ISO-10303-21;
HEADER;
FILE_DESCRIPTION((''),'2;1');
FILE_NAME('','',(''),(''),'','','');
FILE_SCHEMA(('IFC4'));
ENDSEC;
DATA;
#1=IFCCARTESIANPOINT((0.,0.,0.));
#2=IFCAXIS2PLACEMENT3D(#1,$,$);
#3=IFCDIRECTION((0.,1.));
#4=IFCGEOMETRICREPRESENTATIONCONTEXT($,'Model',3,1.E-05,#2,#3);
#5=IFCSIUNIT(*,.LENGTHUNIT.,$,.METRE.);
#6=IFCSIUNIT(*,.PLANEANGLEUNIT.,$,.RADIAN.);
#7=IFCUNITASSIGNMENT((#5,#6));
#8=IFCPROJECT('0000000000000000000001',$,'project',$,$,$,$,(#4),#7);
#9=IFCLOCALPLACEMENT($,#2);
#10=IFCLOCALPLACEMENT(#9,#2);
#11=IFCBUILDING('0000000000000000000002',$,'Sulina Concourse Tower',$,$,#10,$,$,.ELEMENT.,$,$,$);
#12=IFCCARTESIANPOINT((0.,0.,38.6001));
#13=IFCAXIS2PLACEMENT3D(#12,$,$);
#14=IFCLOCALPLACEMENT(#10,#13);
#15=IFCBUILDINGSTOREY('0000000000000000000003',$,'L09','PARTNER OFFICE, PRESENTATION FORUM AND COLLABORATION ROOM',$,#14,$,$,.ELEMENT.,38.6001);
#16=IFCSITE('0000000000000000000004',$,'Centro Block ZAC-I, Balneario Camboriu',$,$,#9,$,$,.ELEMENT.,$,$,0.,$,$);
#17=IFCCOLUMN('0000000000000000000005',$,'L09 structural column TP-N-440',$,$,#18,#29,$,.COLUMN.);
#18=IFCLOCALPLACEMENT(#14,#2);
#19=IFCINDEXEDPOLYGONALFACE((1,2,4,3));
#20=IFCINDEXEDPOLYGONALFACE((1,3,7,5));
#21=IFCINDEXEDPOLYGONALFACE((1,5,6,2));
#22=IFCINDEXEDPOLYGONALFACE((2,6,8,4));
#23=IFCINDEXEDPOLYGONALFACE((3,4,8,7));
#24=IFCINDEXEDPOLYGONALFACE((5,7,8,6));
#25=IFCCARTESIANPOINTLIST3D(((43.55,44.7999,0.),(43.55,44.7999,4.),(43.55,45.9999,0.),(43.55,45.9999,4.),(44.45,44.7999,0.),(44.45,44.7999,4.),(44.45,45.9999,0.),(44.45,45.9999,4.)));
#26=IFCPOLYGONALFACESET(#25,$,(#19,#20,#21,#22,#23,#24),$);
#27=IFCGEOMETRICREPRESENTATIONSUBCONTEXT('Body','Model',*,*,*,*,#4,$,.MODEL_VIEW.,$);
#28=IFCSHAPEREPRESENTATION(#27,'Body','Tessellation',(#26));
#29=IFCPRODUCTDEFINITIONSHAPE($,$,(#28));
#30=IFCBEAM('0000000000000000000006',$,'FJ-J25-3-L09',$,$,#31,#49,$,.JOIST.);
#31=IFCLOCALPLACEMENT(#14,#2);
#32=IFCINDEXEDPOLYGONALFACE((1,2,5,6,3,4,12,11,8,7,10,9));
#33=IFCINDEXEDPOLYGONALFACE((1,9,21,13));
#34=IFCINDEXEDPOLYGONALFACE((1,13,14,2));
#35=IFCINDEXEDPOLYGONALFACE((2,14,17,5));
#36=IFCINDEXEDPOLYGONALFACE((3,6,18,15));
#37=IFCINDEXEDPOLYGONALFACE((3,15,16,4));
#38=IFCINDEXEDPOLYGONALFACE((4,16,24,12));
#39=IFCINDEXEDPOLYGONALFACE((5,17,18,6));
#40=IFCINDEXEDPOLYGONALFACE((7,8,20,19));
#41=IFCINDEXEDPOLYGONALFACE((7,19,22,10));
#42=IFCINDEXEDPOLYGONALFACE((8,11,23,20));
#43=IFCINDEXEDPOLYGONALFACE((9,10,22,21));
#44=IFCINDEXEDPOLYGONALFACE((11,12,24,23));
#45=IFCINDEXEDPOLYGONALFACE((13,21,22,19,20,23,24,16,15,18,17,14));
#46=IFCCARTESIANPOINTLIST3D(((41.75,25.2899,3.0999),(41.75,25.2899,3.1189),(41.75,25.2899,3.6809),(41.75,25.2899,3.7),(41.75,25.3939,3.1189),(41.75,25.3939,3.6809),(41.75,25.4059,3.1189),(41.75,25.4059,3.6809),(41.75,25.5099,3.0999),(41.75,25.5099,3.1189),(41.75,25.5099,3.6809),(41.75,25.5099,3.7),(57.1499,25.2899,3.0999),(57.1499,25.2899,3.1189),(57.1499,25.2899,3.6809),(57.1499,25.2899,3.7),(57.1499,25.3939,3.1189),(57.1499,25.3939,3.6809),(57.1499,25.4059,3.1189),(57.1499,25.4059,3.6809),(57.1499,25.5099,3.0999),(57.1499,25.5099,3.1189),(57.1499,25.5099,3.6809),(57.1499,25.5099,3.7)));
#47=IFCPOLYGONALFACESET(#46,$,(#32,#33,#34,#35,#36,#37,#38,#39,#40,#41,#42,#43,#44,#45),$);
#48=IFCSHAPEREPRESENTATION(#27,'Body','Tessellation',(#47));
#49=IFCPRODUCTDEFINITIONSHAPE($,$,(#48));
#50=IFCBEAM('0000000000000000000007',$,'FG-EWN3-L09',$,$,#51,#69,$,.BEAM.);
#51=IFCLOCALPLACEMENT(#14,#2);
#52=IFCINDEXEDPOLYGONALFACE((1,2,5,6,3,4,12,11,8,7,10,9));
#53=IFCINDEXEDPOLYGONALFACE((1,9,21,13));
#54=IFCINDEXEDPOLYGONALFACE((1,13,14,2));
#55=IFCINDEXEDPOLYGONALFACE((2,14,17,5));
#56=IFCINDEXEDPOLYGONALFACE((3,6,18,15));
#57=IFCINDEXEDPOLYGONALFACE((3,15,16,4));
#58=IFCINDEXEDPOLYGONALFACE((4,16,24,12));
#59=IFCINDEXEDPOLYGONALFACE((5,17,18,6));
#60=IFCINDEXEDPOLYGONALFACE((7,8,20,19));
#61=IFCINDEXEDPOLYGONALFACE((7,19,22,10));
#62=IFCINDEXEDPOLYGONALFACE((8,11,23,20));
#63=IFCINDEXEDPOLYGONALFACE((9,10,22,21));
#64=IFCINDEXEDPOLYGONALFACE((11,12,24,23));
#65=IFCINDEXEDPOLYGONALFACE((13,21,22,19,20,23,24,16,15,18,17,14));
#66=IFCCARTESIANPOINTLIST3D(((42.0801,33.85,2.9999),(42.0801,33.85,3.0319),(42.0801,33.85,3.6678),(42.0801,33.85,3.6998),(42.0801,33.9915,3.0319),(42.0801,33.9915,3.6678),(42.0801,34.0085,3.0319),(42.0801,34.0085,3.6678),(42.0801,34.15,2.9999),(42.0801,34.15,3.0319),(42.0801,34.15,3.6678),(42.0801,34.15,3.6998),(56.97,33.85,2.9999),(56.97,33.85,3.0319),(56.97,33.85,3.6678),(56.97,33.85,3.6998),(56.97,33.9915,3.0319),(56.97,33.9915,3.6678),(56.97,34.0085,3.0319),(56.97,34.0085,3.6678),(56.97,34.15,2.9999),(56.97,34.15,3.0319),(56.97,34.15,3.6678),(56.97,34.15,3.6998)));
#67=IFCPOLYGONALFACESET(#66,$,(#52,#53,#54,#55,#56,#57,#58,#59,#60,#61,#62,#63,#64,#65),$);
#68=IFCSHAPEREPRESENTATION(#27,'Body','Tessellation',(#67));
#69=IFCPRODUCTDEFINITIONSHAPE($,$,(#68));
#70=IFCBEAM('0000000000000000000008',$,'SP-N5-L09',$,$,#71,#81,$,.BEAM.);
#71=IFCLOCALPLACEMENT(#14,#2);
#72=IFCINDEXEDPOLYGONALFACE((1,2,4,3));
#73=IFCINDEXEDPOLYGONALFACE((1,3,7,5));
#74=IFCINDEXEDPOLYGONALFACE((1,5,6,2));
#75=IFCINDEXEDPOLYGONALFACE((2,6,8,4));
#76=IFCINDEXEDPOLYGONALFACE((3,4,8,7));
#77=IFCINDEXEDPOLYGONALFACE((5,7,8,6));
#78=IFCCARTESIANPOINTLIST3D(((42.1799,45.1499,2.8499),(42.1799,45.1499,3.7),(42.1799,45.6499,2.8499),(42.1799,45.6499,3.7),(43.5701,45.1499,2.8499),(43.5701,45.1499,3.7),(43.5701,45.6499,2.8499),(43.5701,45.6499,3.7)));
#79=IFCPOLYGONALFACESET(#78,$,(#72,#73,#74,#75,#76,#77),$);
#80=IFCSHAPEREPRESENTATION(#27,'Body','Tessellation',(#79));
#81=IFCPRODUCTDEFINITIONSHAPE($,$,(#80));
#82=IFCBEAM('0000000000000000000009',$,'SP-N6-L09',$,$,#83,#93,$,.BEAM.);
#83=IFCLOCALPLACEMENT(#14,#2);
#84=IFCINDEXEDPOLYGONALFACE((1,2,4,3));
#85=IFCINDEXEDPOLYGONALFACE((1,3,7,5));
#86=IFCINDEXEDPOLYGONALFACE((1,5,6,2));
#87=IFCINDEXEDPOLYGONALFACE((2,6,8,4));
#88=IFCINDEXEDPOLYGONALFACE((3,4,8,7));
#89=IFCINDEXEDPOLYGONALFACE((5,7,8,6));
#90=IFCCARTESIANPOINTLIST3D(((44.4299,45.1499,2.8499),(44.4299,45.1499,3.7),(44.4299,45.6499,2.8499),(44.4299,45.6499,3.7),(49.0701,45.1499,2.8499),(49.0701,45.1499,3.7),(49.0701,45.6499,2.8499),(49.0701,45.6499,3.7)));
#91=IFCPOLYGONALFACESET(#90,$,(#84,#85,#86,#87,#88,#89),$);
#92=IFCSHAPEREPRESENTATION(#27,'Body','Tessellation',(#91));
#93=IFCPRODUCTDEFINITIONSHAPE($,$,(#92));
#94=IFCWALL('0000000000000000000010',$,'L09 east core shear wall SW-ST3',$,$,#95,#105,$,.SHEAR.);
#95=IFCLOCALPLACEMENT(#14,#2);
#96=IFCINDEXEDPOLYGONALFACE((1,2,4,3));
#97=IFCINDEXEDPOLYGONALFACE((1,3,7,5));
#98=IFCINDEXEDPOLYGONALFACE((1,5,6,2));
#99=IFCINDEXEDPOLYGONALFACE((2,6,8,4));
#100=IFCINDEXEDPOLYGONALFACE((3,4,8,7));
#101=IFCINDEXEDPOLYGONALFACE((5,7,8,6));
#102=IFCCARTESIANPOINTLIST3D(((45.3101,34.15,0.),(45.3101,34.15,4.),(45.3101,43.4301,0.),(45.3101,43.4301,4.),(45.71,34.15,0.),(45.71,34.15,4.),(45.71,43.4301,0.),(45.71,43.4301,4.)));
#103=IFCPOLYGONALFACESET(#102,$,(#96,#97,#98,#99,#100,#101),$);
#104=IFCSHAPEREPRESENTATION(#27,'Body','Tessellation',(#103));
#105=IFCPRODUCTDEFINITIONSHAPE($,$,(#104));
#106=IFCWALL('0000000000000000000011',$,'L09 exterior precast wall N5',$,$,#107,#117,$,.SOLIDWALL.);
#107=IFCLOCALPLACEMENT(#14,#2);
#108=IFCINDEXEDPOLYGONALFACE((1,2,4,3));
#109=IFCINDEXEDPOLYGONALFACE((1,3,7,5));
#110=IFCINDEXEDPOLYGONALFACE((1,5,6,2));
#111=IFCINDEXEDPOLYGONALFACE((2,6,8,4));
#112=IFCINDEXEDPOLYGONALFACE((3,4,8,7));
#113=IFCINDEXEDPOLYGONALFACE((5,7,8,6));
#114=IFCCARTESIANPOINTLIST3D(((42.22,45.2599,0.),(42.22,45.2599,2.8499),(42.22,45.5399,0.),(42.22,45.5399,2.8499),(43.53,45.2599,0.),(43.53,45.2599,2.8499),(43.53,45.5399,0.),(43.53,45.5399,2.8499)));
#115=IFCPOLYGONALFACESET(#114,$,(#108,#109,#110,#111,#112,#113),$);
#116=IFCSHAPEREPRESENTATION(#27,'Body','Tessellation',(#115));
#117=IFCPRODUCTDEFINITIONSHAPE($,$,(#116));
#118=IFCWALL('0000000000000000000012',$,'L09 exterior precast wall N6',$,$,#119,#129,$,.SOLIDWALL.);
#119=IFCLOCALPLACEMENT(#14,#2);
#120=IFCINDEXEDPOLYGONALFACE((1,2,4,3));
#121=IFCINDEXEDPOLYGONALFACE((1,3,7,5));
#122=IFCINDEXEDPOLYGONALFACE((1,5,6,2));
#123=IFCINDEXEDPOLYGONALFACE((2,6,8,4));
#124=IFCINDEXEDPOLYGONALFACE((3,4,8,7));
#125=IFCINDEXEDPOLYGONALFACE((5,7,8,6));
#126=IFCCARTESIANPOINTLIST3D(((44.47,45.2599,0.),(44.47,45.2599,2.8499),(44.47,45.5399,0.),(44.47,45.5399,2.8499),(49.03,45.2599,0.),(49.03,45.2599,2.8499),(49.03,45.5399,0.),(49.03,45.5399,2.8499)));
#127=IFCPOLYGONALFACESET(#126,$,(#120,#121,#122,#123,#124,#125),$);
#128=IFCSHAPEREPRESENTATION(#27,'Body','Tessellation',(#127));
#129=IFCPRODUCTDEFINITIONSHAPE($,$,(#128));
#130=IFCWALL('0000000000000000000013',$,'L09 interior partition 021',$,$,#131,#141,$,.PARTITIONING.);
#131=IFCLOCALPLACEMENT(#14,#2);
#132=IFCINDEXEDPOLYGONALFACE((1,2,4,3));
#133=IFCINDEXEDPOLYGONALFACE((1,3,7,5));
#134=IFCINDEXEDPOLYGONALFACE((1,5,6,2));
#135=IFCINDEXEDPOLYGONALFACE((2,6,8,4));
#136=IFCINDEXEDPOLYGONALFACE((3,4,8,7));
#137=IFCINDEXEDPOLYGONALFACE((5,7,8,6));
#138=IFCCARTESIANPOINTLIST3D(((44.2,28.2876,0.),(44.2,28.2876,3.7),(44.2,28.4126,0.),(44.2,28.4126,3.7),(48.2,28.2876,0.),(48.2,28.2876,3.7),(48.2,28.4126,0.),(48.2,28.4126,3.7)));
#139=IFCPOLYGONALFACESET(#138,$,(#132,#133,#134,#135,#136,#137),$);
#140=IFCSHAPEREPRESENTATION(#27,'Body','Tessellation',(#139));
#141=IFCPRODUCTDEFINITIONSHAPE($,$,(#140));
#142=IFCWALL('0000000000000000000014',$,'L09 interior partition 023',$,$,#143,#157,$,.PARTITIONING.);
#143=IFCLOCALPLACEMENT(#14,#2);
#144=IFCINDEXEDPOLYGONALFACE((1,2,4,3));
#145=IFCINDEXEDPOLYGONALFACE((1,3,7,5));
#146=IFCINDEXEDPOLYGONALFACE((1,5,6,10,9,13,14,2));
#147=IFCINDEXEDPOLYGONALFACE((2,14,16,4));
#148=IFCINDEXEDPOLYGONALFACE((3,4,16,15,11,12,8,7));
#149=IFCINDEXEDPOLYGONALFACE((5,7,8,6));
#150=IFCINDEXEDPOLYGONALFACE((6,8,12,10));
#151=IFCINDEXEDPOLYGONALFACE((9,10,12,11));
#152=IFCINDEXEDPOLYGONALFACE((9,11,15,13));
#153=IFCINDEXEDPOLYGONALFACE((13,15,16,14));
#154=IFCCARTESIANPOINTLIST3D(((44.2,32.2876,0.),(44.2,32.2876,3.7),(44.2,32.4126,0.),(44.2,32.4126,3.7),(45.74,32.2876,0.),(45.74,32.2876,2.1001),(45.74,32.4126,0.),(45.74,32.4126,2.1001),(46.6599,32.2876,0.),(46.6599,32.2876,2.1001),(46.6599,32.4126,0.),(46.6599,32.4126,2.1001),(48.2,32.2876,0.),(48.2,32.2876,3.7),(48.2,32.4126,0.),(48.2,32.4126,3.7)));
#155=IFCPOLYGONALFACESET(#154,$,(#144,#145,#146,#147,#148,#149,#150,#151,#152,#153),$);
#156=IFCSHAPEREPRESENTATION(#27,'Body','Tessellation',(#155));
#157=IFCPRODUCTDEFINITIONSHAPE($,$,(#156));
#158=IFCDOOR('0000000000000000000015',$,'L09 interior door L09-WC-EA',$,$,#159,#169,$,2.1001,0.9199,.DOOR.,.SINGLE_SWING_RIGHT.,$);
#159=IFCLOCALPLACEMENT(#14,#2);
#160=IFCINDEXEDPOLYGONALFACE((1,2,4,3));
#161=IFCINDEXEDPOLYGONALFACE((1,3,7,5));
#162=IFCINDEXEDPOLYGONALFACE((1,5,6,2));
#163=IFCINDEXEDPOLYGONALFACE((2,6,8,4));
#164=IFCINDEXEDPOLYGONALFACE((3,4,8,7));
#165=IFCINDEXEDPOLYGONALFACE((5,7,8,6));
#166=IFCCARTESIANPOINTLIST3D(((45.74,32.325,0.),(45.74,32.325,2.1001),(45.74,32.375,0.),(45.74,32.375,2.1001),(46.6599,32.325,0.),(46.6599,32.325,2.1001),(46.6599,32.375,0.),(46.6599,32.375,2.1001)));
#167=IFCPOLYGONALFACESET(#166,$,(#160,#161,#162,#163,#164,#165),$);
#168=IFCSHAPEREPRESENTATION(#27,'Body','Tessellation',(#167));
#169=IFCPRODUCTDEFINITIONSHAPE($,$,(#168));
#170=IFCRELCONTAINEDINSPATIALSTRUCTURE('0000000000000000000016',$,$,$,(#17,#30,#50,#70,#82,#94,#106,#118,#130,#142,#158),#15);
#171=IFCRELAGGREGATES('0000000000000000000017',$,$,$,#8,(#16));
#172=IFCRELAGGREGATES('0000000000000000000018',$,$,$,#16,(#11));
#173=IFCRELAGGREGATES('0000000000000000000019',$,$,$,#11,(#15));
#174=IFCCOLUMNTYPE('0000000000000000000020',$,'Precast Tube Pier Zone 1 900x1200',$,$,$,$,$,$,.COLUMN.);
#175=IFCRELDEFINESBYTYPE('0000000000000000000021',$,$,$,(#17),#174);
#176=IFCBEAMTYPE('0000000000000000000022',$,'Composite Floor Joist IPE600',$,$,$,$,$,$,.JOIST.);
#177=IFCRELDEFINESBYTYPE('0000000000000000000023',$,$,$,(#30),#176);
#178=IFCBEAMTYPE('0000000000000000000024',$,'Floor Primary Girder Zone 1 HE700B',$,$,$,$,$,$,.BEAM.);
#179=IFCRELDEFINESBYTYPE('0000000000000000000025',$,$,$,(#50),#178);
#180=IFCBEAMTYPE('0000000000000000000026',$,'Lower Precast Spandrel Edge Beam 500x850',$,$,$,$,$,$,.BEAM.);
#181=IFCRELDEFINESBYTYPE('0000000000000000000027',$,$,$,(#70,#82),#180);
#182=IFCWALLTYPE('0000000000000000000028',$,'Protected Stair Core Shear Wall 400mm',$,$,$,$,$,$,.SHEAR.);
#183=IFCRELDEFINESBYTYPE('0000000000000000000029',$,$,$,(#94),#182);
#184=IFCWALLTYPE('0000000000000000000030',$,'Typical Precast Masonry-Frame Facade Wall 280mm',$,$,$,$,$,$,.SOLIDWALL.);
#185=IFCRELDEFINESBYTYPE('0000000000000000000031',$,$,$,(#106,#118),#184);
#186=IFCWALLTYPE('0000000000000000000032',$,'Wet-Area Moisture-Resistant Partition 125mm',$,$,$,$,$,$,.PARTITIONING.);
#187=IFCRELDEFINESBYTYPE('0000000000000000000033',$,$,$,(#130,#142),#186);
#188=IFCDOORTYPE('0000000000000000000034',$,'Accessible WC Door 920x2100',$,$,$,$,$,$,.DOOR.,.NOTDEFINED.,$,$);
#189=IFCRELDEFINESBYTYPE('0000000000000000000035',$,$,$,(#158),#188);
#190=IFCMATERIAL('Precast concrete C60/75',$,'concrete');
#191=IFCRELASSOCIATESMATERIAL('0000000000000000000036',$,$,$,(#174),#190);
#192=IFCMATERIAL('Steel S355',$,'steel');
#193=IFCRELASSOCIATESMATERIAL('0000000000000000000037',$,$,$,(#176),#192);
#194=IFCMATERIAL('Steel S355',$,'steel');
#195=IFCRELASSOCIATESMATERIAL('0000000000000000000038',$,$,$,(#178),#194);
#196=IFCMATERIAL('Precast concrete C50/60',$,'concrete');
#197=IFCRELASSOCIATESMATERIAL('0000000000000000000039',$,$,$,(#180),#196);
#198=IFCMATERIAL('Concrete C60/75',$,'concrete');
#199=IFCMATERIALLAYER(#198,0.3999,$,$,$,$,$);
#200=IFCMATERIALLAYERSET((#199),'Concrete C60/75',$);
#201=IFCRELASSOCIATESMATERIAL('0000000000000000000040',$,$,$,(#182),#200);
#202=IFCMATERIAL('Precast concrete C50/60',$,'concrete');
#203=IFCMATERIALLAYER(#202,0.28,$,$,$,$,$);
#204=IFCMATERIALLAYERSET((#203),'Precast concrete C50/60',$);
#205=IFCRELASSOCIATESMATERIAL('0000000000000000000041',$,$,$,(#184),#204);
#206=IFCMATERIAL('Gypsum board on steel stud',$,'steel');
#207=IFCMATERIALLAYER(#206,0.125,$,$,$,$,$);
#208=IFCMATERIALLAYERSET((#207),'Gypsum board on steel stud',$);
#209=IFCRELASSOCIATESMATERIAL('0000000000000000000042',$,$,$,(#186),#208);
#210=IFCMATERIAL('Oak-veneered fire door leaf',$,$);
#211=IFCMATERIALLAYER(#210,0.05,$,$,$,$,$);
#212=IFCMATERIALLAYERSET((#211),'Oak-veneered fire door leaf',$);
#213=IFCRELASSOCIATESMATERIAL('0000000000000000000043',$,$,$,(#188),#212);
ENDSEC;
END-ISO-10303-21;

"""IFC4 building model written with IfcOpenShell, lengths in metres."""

from ifc_helpers import new_model, si_unit, direction, frame, frame_2d, origin, origin_2d, place, context, subcontext, project, spatial, rectangle, i_section, extrude, material, layer, layer_set, material_profile, profile_set, type_object, element, fill, save


model = new_model("IFC4")

# Units and contexts
model_context = context("Model", 3, precision=1e-05, world=origin(), true_north=direction((0.0, 1.0)))
body_context = subcontext(model_context, "Body", "Model", "MODEL_VIEW")
ifc_project = project(units=[si_unit("LENGTHUNIT", "METRE"), si_unit("PLANEANGLEUNIT", "RADIAN")], contexts=[model_context])

# Site, building, storey
site_placement = place(None, origin())
site = spatial("IfcSite", under=ifc_project, at=site_placement, Name="Centro Block ZAC-I, Balneario Camboriu", CompositionType="ELEMENT", RefElevation=0.0)
building_placement = place(site_placement, origin())
building = spatial("IfcBuilding", under=site, at=building_placement, Name="Sulina Concourse Tower", CompositionType="ELEMENT")
storey_placement = place(building_placement, frame((0.0, 0.0, 38.6001)))
storey = spatial("IfcBuildingStorey", under=building, at=storey_placement, Name="L09", Description="PARTNER OFFICE, PRESENTATION FORUM AND COLLABORATION ROOM", CompositionType="ELEMENT", Elevation=38.6001)

# Column
ifc_material_1 = material(Name="Precast concrete C60/75", Category="concrete")
ifc_material_profile_1 = material_profile(ifc_material_1, rectangle(XDim=0.8999, YDim=1.2, at=origin_2d()), Name="PC 900x1200")
ifc_profile_set_1 = profile_set([ifc_material_profile_1], Name="Precast concrete C60/75")
column_type = type_object("IfcColumnType", Name="Precast Tube Pier Zone 1 900x1200", PredefinedType="COLUMN", material=ifc_profile_set_1)
column_placement = place(storey_placement, frame((44.0, 45.3999, 0.0), z_axis=(0.0, 0.0, 1.0), x_axis=(1.0, 0.0, 0.0)))
element("IfcColumn", 1, at=column_placement, inside=storey, type_object=column_type, Name="L09 structural column TP-N-440", PredefinedType="COLUMN", context=body_context, shape_type="SweptSolid", body=[
    extrude(rectangle(XDim=0.8999, YDim=1.2, at=origin_2d()), origin(), (0.0, 0.0, 1.0), 4.0),
])

# Beams
ifc_material_2 = material(Name="Steel S355", Category="steel")
ifc_material_profile_2 = material_profile(ifc_material_2, i_section(OverallWidth=0.22, OverallDepth=0.6001, WebThickness=0.012, FlangeThickness=0.019, at=origin_2d()), Name="IPE 600")
ifc_profile_set_2 = profile_set([ifc_material_profile_2], Name="Steel S355")
beam_type_1 = type_object("IfcBeamType", Name="Composite Floor Joist IPE600", PredefinedType="JOIST", material=ifc_profile_set_2)
beam_1_placement = place(storey_placement, frame((41.75, 25.3999, 3.3999), z_axis=(1.0, 0.0, 0.0), x_axis=(0.0, 1.0, 0.0)))
element("IfcBeam", 2, at=beam_1_placement, inside=storey, type_object=beam_type_1, Name="FJ-J25-3-L09", PredefinedType="JOIST", context=body_context, shape_type="SweptSolid", body=[
    extrude(i_section(OverallWidth=0.22, OverallDepth=0.6001, WebThickness=0.012, FlangeThickness=0.019, at=origin_2d()), origin(), (0.0, 0.0, 1.0), 15.3999),
])
ifc_material_3 = material(Name="Steel S355", Category="steel")
ifc_material_profile_3 = material_profile(ifc_material_3, i_section(OverallWidth=0.3, OverallDepth=0.7, WebThickness=0.0171, FlangeThickness=0.032, at=origin_2d()), Name="HE 700 B")
ifc_profile_set_3 = profile_set([ifc_material_profile_3], Name="Steel S355")
beam_type_2 = type_object("IfcBeamType", Name="Floor Primary Girder Zone 1 HE700B", PredefinedType="BEAM", material=ifc_profile_set_3)
beam_2_placement = place(storey_placement, frame((42.0801, 34.0, 3.3499), z_axis=(1.0, 0.0, 0.0), x_axis=(0.0, 1.0, 0.0)))
element("IfcBeam", 3, at=beam_2_placement, inside=storey, type_object=beam_type_2, Name="FG-EWN3-L09", PredefinedType="BEAM", context=body_context, shape_type="SweptSolid", body=[
    extrude(i_section(OverallWidth=0.3, OverallDepth=0.7, WebThickness=0.0171, FlangeThickness=0.032, at=origin_2d()), origin(), (0.0, 0.0, 1.0), 14.8899),
])
ifc_material_4 = material(Name="Precast concrete C50/60", Category="concrete")
ifc_material_profile_4 = material_profile(ifc_material_4, rectangle(XDim=0.5, YDim=0.8501, at=origin_2d()), Name="RC 500x850")
ifc_profile_set_4 = profile_set([ifc_material_profile_4], Name="Precast concrete C50/60")
beam_type_3 = type_object("IfcBeamType", Name="Lower Precast Spandrel Edge Beam 500x850", PredefinedType="BEAM", material=ifc_profile_set_4)
beam_3_placement = place(storey_placement, frame((42.1799, 45.3999, 3.2749), z_axis=(1.0, 0.0, 0.0), x_axis=(0.0, 1.0, 0.0)))
element("IfcBeam", 4, at=beam_3_placement, inside=storey, type_object=beam_type_3, Name="SP-N5-L09", PredefinedType="BEAM", context=body_context, shape_type="SweptSolid", body=[
    extrude(rectangle(XDim=0.5, YDim=0.8501, at=origin_2d()), origin(), (0.0, 0.0, 1.0), 1.3901),
])
beam_4_placement = place(storey_placement, frame((44.4299, 45.3999, 3.2749), z_axis=(1.0, 0.0, 0.0), x_axis=(0.0, 1.0, 0.0)))
element("IfcBeam", 5, at=beam_4_placement, inside=storey, type_object=beam_type_3, Name="SP-N6-L09", PredefinedType="BEAM", context=body_context, shape_type="SweptSolid", body=[
    extrude(rectangle(XDim=0.5, YDim=0.8501, at=origin_2d()), origin(), (0.0, 0.0, 1.0), 4.6401),
])

# Walls
ifc_material_5 = material(Name="Concrete C60/75", Category="concrete")
ifc_layer_1 = layer(ifc_material_5, 0.3999)
ifc_layer_set_1 = layer_set([ifc_layer_1], Name="Concrete C60/75")
wall_type_1 = type_object("IfcWallType", Name="Protected Stair Core Shear Wall 400mm", PredefinedType="SHEAR", material=ifc_layer_set_1)
wall_1_placement = place(storey_placement, frame((45.51, 34.1499, 0.0), z_axis=(0.0, 0.0, 1.0), x_axis=(0.0, 1.0, 0.0)))
element("IfcWall", 6, at=wall_1_placement, inside=storey, type_object=wall_type_1, Name="L09 east core shear wall SW-ST3", PredefinedType="SHEAR", context=body_context, shape_type="SweptSolid", body=[
    extrude(rectangle(XDim=9.28, YDim=0.3999, at=frame_2d((4.6401, 0.0))), origin(), (0.0, 0.0, 1.0), 4.0),
])
ifc_material_6 = material(Name="Precast concrete C50/60", Category="concrete")
ifc_layer_2 = layer(ifc_material_6, 0.28)
ifc_layer_set_2 = layer_set([ifc_layer_2], Name="Precast concrete C50/60")
wall_type_2 = type_object("IfcWallType", Name="Typical Precast Masonry-Frame Facade Wall 280mm", PredefinedType="SOLIDWALL", material=ifc_layer_set_2)
wall_2_placement = place(storey_placement, frame((42.22, 45.3999, 0.0), z_axis=(0.0, 0.0, 1.0), x_axis=(1.0, 0.0, 0.0)))
element("IfcWall", 7, at=wall_2_placement, inside=storey, type_object=wall_type_2, Name="L09 exterior precast wall N5", PredefinedType="SOLIDWALL", context=body_context, shape_type="SweptSolid", body=[
    extrude(rectangle(XDim=1.3101, YDim=0.28, at=frame_2d((0.655, 0.0))), origin(), (0.0, 0.0, 1.0), 2.8499),
])
wall_3_placement = place(storey_placement, frame((44.47, 45.3999, 0.0), z_axis=(0.0, 0.0, 1.0), x_axis=(1.0, 0.0, 0.0)))
element("IfcWall", 8, at=wall_3_placement, inside=storey, type_object=wall_type_2, Name="L09 exterior precast wall N6", PredefinedType="SOLIDWALL", context=body_context, shape_type="SweptSolid", body=[
    extrude(rectangle(XDim=4.5601, YDim=0.28, at=frame_2d((2.28, 0.0))), origin(), (0.0, 0.0, 1.0), 2.8499),
])
ifc_material_7 = material(Name="Gypsum board on steel stud", Category="steel")
ifc_layer_3 = layer(ifc_material_7, 0.125)
ifc_layer_set_3 = layer_set([ifc_layer_3], Name="Gypsum board on steel stud")
wall_type_3 = type_object("IfcWallType", Name="Wet-Area Moisture-Resistant Partition 125mm", PredefinedType="PARTITIONING", material=ifc_layer_set_3)
wall_4_placement = place(storey_placement, frame((44.2, 28.3501, 0.0), z_axis=(0.0, 0.0, 1.0), x_axis=(1.0, 0.0, 0.0)))
element("IfcWall", 9, at=wall_4_placement, inside=storey, type_object=wall_type_3, Name="L09 interior partition 021", PredefinedType="PARTITIONING", context=body_context, shape_type="SweptSolid", body=[
    extrude(rectangle(XDim=4.0, YDim=0.125, at=frame_2d((2.0, 0.0))), origin(), (0.0, 0.0, 1.0), 3.7),
])

# Wall, opening, door
wall_5_placement = place(storey_placement, frame((44.2, 32.3501, 0.0), z_axis=(0.0, 0.0, 1.0), x_axis=(1.0, 0.0, 0.0)))
wall_5 = element("IfcWall", 10, at=wall_5_placement, inside=storey, type_object=wall_type_3, Name="L09 interior partition 023", PredefinedType="PARTITIONING", context=body_context, shape_type="SweptSolid", body=[
    extrude(rectangle(XDim=4.0, YDim=0.125, at=frame_2d((2.0, 0.0))), origin(), (0.0, 0.0, 1.0), 3.7),
])
opening_placement = place(wall_5_placement, frame((1.54, 0.0, 0.0)))
opening = element("IfcOpeningElement", 11, at=opening_placement, cuts=wall_5, PredefinedType="OPENING", context=body_context, shape_type="SweptSolid", body=[
    extrude(rectangle(XDim=0.9199, YDim=2.1001, at=frame_2d((0.46, 1.05))), frame((0.0, 0.0725, 0.0), z_axis=(0.0, -1.0, 0.0), x_axis=(1.0, 0.0, 0.0)), (0.0, 0.0, 1.0), 0.145),
])
ifc_material_8 = material(Name="Oak-veneered fire door leaf")
ifc_layer_4 = layer(ifc_material_8, 0.05)
ifc_layer_set_4 = layer_set([ifc_layer_4], Name="Oak-veneered fire door leaf")
door_type = type_object("IfcDoorType", Name="Accessible WC Door 920x2100", OperationType="NOTDEFINED", PredefinedType="DOOR", material=ifc_layer_set_4)
door_placement = place(opening_placement, origin())
door = element("IfcDoor", 12, at=door_placement, inside=storey, type_object=door_type, Name="L09 interior door L09-WC-EA", OperationType="SINGLE_SWING_RIGHT", OverallHeight=2.1001, OverallWidth=0.9199, PredefinedType="DOOR", context=body_context, shape_type="SweptSolid", body=[
    extrude(rectangle(XDim=0.9199, YDim=2.1001, at=frame_2d((0.46, 1.05))), frame((0.0, 0.0249, 0.0), z_axis=(0.0, -1.0, 0.0), x_axis=(1.0, 0.0, 0.0)), (0.0, 0.0, 1.0), 0.05),
])
fill(opening, door)

save(model, "model.ifc")
